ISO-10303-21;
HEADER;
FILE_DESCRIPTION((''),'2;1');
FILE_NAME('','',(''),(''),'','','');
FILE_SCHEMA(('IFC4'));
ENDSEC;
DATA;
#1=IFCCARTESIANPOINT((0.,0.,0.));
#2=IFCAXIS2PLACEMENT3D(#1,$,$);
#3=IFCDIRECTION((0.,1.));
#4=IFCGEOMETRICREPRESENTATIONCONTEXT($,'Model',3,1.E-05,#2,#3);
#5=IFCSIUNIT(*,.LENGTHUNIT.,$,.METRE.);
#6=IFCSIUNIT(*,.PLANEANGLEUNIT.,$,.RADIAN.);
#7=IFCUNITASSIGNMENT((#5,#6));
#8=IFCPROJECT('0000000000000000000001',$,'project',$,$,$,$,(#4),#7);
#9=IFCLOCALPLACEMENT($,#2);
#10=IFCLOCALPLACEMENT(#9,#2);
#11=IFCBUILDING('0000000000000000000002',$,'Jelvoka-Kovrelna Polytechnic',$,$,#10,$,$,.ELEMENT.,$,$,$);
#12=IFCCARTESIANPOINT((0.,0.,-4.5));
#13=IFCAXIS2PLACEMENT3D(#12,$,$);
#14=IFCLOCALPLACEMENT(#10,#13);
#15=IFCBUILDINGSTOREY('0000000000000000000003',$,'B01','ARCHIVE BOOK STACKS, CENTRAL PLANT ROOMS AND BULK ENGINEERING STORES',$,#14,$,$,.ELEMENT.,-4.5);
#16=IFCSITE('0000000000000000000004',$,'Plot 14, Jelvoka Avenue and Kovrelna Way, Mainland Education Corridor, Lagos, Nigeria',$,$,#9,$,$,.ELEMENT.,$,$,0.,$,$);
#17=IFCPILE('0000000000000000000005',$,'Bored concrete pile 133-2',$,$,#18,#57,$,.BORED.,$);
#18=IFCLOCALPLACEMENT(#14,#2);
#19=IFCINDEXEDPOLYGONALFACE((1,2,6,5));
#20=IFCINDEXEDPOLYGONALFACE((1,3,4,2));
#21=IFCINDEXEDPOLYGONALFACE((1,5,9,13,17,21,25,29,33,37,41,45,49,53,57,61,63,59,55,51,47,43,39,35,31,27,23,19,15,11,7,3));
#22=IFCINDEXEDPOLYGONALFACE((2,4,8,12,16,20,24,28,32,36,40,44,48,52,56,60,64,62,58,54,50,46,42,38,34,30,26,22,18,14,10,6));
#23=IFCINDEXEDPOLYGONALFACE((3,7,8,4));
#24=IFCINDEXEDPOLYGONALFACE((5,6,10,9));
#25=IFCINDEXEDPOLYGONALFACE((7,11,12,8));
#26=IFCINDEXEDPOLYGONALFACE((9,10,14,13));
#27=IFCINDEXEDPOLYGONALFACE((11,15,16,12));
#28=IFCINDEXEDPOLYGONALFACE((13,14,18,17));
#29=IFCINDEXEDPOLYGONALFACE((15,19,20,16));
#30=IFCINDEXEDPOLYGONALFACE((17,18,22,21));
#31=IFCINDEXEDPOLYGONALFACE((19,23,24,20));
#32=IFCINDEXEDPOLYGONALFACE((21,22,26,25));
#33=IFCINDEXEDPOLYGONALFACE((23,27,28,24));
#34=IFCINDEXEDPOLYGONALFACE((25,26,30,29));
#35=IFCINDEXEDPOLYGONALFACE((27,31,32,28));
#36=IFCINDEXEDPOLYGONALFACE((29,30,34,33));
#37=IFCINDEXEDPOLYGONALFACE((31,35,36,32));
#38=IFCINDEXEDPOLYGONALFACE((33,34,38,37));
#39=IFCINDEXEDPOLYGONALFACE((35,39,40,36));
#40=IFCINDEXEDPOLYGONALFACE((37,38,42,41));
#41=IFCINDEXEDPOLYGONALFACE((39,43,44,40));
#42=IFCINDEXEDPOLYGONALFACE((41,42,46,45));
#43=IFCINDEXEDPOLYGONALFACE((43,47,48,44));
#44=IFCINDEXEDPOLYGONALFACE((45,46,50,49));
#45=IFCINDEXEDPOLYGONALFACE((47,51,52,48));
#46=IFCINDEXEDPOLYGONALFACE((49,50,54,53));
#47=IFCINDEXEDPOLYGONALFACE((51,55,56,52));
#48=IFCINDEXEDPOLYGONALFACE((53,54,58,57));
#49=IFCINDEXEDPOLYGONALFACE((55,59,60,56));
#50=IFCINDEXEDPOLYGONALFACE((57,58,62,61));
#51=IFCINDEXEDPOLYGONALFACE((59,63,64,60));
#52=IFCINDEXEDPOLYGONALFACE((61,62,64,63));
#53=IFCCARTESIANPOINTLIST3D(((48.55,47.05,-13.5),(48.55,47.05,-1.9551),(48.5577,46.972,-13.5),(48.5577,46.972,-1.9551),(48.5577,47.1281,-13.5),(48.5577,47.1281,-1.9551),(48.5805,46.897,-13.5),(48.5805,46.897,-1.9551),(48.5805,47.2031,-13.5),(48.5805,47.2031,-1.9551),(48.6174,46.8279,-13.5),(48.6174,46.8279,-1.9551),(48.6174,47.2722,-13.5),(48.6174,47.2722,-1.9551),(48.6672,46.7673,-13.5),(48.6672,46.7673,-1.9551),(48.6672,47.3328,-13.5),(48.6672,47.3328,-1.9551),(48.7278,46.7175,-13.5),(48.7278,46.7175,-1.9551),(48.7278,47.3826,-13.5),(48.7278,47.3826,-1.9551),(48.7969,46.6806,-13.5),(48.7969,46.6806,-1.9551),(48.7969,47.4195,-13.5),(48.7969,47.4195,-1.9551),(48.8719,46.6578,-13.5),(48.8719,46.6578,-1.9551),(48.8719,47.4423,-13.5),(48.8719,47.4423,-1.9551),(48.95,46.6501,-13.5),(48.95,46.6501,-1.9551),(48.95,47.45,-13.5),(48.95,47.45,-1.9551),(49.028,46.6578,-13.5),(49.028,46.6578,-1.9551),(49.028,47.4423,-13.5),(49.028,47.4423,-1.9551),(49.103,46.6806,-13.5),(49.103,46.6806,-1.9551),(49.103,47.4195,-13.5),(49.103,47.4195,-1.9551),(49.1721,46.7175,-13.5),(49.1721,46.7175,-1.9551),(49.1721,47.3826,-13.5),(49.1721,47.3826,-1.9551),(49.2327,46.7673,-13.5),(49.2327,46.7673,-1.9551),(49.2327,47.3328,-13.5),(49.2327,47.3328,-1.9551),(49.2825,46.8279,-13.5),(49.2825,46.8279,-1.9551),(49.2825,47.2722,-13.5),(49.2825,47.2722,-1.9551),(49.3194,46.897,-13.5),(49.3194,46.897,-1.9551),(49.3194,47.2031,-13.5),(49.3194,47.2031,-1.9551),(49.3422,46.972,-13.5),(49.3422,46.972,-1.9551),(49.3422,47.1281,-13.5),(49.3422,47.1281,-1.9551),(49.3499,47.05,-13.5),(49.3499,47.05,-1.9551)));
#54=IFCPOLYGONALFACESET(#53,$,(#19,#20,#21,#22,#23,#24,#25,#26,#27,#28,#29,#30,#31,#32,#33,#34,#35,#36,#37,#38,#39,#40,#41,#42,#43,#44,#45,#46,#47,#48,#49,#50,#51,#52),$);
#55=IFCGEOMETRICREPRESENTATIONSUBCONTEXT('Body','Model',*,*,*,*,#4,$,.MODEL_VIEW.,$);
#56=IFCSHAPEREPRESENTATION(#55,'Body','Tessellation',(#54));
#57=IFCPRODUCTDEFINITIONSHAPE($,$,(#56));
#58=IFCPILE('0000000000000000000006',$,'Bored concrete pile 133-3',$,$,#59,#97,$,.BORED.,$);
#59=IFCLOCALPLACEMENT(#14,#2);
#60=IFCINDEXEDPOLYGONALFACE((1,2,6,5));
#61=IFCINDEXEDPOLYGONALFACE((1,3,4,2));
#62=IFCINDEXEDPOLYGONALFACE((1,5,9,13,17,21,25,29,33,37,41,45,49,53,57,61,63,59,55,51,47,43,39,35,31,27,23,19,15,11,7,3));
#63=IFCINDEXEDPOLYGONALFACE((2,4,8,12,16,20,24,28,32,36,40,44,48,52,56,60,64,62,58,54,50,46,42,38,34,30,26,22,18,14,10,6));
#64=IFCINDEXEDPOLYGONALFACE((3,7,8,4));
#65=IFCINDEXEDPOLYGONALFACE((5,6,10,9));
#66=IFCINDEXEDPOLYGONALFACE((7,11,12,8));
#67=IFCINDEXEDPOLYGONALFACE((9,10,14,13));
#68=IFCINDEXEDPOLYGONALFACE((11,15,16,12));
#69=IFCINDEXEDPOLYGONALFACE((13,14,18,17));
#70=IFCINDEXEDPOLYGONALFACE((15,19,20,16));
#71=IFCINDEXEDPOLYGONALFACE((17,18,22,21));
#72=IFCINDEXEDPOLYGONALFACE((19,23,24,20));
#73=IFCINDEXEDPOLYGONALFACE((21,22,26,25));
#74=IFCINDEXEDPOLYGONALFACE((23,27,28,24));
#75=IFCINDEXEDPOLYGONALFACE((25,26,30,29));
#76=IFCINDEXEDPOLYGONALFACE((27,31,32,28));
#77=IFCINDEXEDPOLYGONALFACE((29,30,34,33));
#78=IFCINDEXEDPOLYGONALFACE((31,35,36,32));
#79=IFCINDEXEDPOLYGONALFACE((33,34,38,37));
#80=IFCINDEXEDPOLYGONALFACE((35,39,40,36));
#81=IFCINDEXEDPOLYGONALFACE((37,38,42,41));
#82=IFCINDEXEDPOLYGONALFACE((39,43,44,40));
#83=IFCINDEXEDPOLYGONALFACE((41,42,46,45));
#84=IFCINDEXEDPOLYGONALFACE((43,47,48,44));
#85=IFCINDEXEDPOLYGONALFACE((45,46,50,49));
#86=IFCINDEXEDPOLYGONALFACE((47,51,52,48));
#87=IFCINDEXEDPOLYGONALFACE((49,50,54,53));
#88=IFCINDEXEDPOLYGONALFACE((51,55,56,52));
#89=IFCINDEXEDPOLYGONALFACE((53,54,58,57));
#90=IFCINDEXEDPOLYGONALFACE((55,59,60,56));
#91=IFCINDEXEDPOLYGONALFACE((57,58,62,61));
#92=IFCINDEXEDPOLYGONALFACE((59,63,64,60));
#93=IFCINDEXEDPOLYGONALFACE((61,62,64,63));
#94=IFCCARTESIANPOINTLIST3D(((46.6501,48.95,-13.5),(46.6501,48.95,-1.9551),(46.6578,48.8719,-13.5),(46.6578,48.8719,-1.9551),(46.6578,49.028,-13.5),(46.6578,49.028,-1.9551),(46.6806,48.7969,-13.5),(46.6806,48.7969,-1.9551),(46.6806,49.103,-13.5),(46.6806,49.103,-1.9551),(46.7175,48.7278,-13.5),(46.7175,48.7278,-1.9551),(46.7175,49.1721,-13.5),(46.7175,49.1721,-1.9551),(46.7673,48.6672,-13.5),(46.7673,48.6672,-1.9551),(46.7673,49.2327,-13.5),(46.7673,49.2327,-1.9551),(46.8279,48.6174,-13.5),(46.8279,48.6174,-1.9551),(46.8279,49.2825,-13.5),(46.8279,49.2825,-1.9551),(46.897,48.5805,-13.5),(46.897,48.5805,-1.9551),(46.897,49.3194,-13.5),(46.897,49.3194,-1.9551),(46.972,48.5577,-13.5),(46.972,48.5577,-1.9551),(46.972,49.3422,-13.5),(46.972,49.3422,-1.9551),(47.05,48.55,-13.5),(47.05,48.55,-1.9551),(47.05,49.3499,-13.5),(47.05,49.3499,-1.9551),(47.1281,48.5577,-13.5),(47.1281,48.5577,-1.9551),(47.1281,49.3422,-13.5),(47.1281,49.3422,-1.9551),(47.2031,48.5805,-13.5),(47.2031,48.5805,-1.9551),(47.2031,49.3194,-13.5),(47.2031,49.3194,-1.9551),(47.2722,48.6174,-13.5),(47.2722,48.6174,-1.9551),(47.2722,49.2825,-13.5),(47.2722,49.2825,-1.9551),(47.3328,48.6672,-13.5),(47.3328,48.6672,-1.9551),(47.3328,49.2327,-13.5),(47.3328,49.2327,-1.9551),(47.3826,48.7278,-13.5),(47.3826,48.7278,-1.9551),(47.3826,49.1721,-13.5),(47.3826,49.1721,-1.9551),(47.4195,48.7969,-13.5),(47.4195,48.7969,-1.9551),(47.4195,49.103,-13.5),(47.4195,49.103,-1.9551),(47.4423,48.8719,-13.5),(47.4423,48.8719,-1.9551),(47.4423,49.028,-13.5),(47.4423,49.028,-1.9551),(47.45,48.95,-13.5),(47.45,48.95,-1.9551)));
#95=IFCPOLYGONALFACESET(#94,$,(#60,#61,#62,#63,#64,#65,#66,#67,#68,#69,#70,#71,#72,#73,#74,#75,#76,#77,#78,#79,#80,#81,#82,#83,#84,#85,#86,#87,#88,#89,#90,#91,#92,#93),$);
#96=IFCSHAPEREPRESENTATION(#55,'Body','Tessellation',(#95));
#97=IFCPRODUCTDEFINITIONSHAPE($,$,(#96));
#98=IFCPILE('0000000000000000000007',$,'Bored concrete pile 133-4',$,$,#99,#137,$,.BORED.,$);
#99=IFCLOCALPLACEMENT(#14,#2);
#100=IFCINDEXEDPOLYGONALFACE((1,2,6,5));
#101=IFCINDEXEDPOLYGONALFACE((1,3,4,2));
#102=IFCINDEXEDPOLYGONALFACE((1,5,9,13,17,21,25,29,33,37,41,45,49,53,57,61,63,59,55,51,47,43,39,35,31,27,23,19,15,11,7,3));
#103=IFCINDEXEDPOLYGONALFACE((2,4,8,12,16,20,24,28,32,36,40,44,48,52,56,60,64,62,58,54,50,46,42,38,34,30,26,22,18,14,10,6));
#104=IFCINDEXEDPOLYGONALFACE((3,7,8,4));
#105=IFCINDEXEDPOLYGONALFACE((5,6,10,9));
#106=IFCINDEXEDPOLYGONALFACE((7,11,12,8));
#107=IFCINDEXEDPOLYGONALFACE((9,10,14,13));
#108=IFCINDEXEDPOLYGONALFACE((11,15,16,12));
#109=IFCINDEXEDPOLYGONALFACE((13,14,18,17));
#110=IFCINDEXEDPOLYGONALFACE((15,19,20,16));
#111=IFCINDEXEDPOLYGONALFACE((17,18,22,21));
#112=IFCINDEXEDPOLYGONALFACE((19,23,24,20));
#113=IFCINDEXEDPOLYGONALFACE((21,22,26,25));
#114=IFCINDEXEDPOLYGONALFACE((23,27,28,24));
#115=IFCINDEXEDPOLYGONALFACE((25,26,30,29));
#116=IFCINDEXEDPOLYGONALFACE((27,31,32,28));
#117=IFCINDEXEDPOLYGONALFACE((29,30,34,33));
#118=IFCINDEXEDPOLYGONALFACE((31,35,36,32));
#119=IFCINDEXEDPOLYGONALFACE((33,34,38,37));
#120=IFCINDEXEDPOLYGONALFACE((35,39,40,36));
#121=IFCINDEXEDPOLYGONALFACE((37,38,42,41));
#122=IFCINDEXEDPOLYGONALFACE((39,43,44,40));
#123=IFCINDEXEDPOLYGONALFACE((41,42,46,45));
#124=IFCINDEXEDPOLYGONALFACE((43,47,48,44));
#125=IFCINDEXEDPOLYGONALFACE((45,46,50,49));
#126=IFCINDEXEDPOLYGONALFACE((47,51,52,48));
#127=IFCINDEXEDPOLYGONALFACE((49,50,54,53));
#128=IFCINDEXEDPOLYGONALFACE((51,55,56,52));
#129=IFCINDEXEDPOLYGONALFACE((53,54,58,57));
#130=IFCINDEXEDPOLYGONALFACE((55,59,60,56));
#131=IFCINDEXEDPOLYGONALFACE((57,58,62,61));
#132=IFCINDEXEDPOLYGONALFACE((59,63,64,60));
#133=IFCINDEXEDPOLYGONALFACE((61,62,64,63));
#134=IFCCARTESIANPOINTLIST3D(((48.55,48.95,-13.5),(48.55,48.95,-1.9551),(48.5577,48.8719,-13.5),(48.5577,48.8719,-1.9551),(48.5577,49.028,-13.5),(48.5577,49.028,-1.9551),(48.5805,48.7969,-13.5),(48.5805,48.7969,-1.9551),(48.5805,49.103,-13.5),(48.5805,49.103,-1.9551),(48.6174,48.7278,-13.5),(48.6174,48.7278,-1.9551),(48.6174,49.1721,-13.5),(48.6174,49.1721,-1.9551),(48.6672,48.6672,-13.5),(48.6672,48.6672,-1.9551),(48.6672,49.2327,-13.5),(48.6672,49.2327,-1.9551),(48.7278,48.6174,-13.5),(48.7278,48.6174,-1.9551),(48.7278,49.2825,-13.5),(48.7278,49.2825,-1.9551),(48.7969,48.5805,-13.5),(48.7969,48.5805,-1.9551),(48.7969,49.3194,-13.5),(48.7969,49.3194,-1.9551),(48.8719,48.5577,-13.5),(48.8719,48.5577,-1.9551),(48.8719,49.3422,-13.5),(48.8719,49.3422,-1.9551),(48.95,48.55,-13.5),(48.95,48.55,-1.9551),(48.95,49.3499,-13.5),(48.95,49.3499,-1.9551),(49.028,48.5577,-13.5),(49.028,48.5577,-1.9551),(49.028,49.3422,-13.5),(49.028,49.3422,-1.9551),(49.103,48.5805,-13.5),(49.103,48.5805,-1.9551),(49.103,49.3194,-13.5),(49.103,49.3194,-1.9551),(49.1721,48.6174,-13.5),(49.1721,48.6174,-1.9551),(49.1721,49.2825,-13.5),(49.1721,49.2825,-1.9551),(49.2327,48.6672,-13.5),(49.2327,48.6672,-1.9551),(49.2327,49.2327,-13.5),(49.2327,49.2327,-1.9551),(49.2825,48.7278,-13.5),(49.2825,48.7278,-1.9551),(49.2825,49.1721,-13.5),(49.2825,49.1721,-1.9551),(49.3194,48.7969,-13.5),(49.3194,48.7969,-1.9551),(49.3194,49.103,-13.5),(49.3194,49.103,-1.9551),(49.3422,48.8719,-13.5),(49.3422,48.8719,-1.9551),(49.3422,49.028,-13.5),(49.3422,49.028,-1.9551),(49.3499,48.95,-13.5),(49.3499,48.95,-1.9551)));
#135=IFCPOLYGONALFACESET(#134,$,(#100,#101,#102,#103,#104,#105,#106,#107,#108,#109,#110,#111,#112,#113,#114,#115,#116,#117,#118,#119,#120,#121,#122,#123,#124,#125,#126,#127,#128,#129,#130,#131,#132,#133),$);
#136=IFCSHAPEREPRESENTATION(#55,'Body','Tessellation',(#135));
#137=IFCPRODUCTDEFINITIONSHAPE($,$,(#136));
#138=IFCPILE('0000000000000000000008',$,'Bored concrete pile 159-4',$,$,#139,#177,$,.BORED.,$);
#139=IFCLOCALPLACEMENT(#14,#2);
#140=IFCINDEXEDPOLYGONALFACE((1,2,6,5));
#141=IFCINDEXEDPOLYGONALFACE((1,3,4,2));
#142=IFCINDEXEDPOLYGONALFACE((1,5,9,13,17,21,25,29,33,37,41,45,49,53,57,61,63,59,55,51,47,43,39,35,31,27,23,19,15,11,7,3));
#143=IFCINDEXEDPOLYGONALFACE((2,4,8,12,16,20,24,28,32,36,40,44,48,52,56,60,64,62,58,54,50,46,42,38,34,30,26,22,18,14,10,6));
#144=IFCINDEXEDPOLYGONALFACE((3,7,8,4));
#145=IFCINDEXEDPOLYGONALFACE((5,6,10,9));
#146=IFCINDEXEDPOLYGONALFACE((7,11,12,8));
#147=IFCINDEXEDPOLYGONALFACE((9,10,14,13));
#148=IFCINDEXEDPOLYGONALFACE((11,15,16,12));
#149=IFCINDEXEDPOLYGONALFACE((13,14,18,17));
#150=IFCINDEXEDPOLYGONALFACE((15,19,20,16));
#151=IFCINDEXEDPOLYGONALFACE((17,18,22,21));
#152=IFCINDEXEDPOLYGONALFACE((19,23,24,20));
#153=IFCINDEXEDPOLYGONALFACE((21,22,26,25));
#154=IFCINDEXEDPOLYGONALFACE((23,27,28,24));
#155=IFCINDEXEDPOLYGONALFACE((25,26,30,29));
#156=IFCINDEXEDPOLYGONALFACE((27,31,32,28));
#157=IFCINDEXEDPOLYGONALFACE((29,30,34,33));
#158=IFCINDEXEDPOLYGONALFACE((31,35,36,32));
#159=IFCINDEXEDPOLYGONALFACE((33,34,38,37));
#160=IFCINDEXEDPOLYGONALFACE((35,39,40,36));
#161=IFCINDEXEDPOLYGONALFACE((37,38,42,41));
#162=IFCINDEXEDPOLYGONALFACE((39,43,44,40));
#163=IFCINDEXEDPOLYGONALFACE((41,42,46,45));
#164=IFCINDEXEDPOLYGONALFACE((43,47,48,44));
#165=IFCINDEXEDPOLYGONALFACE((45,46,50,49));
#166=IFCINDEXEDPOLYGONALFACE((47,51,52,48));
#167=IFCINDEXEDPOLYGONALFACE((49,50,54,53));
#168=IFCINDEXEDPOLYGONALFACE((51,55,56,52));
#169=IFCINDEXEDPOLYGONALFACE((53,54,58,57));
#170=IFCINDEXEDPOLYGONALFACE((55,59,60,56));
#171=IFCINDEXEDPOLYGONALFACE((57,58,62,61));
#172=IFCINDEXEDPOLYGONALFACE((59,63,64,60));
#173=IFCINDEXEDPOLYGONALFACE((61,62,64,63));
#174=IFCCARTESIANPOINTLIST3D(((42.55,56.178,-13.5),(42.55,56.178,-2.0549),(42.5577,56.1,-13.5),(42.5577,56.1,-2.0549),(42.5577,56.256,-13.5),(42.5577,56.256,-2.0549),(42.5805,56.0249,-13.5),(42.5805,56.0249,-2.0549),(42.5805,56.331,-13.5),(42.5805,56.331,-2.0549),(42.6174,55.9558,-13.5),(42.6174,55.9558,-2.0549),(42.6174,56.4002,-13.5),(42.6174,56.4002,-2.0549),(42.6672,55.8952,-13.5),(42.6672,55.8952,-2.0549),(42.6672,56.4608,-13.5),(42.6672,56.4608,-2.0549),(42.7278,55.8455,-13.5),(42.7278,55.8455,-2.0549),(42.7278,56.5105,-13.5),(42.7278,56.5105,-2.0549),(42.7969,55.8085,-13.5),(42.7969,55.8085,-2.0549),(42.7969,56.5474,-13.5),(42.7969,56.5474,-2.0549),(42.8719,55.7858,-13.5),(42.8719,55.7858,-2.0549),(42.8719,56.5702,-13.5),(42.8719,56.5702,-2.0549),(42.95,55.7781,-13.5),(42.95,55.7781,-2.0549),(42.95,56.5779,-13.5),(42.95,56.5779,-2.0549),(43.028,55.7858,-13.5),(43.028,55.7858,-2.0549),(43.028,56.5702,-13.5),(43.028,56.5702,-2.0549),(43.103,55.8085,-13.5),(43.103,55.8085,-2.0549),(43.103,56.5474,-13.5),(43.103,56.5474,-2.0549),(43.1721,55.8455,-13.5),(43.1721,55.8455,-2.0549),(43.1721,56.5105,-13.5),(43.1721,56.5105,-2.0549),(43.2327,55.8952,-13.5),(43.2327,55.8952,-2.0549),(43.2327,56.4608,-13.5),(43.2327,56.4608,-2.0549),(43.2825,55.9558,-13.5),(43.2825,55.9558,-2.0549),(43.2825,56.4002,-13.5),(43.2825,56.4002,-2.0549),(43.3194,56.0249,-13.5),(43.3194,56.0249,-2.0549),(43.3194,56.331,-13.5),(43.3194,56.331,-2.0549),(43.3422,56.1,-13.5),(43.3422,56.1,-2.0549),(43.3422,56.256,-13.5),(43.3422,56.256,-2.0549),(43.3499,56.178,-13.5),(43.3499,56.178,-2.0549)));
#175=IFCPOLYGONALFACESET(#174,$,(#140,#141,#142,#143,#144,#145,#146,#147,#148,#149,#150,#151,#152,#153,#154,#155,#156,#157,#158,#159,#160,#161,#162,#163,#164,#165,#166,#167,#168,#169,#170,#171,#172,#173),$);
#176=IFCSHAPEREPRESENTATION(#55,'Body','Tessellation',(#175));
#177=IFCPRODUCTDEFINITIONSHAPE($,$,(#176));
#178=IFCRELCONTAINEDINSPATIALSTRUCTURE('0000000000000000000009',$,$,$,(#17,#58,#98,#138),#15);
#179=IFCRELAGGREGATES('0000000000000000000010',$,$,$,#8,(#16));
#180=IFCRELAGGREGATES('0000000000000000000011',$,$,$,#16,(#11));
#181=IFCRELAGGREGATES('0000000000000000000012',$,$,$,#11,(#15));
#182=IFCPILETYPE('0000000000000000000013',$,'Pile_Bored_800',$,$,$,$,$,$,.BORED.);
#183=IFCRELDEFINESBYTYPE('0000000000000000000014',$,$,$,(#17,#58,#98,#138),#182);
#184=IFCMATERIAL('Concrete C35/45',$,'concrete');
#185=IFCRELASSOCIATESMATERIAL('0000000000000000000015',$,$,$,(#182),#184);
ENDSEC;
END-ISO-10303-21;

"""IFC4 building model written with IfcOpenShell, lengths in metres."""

from ifc_helpers import new_model, si_unit, direction, frame, origin, origin_2d, place, context, subcontext, project, spatial, circle, extrude, material, material_profile, profile_set, type_object, element, save


model = new_model("IFC4")

# Units and contexts
model_context = context("Model", 3, precision=1e-05, world=origin(), true_north=direction((0.0, 1.0)))
body_context = subcontext(model_context, "Body", "Model", "MODEL_VIEW")
ifc_project = project(units=[si_unit("LENGTHUNIT", "METRE"), si_unit("PLANEANGLEUNIT", "RADIAN")], contexts=[model_context])

# Site, building, storey
site_placement = place(None, origin())
site = spatial("IfcSite", under=ifc_project, at=site_placement, Name="Plot 14, Jelvoka Avenue and Kovrelna Way, Mainland Education Corridor, Lagos, Nigeria", CompositionType="ELEMENT", RefElevation=0.0)
building_placement = place(site_placement, origin())
building = spatial("IfcBuilding", under=site, at=building_placement, Name="Jelvoka-Kovrelna Polytechnic", CompositionType="ELEMENT")
storey_placement = place(building_placement, frame((0.0, 0.0, -4.5)))
storey = spatial("IfcBuildingStorey", under=building, at=storey_placement, Name="B01", Description="ARCHIVE BOOK STACKS, CENTRAL PLANT ROOMS AND BULK ENGINEERING STORES", CompositionType="ELEMENT", Elevation=-4.5)

# Piles
ifc_material_1 = material(Name="Concrete C35/45", Category="concrete")
ifc_material_profile_1 = material_profile(ifc_material_1, circle(Radius=0.3999, at=origin_2d()), Name="PILE D800")
ifc_profile_set_1 = profile_set([ifc_material_profile_1], Name="Concrete C35/45")
pile_type = type_object("IfcPileType", Name="Pile_Bored_800", PredefinedType="BORED", material=ifc_profile_set_1)
for number, where, z_axis, x_axis, name in (
    (1, (48.95, 47.05, -1.9551), (0.0, 0.0, -1.0), (1.0, 0.0, 0.0), "Bored concrete pile 133-2"),
    (2, (47.05, 48.95, -1.9551), (0.0, 0.0, -1.0), (1.0, 0.0, 0.0), "Bored concrete pile 133-3"),
    (3, (48.95, 48.95, -1.9551), (0.0, 0.0, -1.0), (1.0, 0.0, 0.0), "Bored concrete pile 133-4"),
):
    element("IfcPile", number, at=place(storey_placement, frame(where, z_axis=z_axis, x_axis=x_axis)), inside=storey, type_object=pile_type, Name=name, PredefinedType="BORED", context=body_context, shape_type="SweptSolid", body=[
        extrude(circle(Radius=0.3999, at=origin_2d()), origin(), (0.0, 0.0, 1.0), 11.5449),
    ])
pile_placement = place(storey_placement, frame((42.95, 56.178, -2.0549), z_axis=(0.0, 0.0, -1.0), x_axis=(1.0, 0.0, 0.0)))
element("IfcPile", 4, at=pile_placement, inside=storey, type_object=pile_type, Name="Bored concrete pile 159-4", PredefinedType="BORED", context=body_context, shape_type="SweptSolid", body=[
    extrude(circle(Radius=0.3999, at=origin_2d()), origin(), (0.0, 0.0, 1.0), 11.4451),
])

save(model, "model.ifc")
